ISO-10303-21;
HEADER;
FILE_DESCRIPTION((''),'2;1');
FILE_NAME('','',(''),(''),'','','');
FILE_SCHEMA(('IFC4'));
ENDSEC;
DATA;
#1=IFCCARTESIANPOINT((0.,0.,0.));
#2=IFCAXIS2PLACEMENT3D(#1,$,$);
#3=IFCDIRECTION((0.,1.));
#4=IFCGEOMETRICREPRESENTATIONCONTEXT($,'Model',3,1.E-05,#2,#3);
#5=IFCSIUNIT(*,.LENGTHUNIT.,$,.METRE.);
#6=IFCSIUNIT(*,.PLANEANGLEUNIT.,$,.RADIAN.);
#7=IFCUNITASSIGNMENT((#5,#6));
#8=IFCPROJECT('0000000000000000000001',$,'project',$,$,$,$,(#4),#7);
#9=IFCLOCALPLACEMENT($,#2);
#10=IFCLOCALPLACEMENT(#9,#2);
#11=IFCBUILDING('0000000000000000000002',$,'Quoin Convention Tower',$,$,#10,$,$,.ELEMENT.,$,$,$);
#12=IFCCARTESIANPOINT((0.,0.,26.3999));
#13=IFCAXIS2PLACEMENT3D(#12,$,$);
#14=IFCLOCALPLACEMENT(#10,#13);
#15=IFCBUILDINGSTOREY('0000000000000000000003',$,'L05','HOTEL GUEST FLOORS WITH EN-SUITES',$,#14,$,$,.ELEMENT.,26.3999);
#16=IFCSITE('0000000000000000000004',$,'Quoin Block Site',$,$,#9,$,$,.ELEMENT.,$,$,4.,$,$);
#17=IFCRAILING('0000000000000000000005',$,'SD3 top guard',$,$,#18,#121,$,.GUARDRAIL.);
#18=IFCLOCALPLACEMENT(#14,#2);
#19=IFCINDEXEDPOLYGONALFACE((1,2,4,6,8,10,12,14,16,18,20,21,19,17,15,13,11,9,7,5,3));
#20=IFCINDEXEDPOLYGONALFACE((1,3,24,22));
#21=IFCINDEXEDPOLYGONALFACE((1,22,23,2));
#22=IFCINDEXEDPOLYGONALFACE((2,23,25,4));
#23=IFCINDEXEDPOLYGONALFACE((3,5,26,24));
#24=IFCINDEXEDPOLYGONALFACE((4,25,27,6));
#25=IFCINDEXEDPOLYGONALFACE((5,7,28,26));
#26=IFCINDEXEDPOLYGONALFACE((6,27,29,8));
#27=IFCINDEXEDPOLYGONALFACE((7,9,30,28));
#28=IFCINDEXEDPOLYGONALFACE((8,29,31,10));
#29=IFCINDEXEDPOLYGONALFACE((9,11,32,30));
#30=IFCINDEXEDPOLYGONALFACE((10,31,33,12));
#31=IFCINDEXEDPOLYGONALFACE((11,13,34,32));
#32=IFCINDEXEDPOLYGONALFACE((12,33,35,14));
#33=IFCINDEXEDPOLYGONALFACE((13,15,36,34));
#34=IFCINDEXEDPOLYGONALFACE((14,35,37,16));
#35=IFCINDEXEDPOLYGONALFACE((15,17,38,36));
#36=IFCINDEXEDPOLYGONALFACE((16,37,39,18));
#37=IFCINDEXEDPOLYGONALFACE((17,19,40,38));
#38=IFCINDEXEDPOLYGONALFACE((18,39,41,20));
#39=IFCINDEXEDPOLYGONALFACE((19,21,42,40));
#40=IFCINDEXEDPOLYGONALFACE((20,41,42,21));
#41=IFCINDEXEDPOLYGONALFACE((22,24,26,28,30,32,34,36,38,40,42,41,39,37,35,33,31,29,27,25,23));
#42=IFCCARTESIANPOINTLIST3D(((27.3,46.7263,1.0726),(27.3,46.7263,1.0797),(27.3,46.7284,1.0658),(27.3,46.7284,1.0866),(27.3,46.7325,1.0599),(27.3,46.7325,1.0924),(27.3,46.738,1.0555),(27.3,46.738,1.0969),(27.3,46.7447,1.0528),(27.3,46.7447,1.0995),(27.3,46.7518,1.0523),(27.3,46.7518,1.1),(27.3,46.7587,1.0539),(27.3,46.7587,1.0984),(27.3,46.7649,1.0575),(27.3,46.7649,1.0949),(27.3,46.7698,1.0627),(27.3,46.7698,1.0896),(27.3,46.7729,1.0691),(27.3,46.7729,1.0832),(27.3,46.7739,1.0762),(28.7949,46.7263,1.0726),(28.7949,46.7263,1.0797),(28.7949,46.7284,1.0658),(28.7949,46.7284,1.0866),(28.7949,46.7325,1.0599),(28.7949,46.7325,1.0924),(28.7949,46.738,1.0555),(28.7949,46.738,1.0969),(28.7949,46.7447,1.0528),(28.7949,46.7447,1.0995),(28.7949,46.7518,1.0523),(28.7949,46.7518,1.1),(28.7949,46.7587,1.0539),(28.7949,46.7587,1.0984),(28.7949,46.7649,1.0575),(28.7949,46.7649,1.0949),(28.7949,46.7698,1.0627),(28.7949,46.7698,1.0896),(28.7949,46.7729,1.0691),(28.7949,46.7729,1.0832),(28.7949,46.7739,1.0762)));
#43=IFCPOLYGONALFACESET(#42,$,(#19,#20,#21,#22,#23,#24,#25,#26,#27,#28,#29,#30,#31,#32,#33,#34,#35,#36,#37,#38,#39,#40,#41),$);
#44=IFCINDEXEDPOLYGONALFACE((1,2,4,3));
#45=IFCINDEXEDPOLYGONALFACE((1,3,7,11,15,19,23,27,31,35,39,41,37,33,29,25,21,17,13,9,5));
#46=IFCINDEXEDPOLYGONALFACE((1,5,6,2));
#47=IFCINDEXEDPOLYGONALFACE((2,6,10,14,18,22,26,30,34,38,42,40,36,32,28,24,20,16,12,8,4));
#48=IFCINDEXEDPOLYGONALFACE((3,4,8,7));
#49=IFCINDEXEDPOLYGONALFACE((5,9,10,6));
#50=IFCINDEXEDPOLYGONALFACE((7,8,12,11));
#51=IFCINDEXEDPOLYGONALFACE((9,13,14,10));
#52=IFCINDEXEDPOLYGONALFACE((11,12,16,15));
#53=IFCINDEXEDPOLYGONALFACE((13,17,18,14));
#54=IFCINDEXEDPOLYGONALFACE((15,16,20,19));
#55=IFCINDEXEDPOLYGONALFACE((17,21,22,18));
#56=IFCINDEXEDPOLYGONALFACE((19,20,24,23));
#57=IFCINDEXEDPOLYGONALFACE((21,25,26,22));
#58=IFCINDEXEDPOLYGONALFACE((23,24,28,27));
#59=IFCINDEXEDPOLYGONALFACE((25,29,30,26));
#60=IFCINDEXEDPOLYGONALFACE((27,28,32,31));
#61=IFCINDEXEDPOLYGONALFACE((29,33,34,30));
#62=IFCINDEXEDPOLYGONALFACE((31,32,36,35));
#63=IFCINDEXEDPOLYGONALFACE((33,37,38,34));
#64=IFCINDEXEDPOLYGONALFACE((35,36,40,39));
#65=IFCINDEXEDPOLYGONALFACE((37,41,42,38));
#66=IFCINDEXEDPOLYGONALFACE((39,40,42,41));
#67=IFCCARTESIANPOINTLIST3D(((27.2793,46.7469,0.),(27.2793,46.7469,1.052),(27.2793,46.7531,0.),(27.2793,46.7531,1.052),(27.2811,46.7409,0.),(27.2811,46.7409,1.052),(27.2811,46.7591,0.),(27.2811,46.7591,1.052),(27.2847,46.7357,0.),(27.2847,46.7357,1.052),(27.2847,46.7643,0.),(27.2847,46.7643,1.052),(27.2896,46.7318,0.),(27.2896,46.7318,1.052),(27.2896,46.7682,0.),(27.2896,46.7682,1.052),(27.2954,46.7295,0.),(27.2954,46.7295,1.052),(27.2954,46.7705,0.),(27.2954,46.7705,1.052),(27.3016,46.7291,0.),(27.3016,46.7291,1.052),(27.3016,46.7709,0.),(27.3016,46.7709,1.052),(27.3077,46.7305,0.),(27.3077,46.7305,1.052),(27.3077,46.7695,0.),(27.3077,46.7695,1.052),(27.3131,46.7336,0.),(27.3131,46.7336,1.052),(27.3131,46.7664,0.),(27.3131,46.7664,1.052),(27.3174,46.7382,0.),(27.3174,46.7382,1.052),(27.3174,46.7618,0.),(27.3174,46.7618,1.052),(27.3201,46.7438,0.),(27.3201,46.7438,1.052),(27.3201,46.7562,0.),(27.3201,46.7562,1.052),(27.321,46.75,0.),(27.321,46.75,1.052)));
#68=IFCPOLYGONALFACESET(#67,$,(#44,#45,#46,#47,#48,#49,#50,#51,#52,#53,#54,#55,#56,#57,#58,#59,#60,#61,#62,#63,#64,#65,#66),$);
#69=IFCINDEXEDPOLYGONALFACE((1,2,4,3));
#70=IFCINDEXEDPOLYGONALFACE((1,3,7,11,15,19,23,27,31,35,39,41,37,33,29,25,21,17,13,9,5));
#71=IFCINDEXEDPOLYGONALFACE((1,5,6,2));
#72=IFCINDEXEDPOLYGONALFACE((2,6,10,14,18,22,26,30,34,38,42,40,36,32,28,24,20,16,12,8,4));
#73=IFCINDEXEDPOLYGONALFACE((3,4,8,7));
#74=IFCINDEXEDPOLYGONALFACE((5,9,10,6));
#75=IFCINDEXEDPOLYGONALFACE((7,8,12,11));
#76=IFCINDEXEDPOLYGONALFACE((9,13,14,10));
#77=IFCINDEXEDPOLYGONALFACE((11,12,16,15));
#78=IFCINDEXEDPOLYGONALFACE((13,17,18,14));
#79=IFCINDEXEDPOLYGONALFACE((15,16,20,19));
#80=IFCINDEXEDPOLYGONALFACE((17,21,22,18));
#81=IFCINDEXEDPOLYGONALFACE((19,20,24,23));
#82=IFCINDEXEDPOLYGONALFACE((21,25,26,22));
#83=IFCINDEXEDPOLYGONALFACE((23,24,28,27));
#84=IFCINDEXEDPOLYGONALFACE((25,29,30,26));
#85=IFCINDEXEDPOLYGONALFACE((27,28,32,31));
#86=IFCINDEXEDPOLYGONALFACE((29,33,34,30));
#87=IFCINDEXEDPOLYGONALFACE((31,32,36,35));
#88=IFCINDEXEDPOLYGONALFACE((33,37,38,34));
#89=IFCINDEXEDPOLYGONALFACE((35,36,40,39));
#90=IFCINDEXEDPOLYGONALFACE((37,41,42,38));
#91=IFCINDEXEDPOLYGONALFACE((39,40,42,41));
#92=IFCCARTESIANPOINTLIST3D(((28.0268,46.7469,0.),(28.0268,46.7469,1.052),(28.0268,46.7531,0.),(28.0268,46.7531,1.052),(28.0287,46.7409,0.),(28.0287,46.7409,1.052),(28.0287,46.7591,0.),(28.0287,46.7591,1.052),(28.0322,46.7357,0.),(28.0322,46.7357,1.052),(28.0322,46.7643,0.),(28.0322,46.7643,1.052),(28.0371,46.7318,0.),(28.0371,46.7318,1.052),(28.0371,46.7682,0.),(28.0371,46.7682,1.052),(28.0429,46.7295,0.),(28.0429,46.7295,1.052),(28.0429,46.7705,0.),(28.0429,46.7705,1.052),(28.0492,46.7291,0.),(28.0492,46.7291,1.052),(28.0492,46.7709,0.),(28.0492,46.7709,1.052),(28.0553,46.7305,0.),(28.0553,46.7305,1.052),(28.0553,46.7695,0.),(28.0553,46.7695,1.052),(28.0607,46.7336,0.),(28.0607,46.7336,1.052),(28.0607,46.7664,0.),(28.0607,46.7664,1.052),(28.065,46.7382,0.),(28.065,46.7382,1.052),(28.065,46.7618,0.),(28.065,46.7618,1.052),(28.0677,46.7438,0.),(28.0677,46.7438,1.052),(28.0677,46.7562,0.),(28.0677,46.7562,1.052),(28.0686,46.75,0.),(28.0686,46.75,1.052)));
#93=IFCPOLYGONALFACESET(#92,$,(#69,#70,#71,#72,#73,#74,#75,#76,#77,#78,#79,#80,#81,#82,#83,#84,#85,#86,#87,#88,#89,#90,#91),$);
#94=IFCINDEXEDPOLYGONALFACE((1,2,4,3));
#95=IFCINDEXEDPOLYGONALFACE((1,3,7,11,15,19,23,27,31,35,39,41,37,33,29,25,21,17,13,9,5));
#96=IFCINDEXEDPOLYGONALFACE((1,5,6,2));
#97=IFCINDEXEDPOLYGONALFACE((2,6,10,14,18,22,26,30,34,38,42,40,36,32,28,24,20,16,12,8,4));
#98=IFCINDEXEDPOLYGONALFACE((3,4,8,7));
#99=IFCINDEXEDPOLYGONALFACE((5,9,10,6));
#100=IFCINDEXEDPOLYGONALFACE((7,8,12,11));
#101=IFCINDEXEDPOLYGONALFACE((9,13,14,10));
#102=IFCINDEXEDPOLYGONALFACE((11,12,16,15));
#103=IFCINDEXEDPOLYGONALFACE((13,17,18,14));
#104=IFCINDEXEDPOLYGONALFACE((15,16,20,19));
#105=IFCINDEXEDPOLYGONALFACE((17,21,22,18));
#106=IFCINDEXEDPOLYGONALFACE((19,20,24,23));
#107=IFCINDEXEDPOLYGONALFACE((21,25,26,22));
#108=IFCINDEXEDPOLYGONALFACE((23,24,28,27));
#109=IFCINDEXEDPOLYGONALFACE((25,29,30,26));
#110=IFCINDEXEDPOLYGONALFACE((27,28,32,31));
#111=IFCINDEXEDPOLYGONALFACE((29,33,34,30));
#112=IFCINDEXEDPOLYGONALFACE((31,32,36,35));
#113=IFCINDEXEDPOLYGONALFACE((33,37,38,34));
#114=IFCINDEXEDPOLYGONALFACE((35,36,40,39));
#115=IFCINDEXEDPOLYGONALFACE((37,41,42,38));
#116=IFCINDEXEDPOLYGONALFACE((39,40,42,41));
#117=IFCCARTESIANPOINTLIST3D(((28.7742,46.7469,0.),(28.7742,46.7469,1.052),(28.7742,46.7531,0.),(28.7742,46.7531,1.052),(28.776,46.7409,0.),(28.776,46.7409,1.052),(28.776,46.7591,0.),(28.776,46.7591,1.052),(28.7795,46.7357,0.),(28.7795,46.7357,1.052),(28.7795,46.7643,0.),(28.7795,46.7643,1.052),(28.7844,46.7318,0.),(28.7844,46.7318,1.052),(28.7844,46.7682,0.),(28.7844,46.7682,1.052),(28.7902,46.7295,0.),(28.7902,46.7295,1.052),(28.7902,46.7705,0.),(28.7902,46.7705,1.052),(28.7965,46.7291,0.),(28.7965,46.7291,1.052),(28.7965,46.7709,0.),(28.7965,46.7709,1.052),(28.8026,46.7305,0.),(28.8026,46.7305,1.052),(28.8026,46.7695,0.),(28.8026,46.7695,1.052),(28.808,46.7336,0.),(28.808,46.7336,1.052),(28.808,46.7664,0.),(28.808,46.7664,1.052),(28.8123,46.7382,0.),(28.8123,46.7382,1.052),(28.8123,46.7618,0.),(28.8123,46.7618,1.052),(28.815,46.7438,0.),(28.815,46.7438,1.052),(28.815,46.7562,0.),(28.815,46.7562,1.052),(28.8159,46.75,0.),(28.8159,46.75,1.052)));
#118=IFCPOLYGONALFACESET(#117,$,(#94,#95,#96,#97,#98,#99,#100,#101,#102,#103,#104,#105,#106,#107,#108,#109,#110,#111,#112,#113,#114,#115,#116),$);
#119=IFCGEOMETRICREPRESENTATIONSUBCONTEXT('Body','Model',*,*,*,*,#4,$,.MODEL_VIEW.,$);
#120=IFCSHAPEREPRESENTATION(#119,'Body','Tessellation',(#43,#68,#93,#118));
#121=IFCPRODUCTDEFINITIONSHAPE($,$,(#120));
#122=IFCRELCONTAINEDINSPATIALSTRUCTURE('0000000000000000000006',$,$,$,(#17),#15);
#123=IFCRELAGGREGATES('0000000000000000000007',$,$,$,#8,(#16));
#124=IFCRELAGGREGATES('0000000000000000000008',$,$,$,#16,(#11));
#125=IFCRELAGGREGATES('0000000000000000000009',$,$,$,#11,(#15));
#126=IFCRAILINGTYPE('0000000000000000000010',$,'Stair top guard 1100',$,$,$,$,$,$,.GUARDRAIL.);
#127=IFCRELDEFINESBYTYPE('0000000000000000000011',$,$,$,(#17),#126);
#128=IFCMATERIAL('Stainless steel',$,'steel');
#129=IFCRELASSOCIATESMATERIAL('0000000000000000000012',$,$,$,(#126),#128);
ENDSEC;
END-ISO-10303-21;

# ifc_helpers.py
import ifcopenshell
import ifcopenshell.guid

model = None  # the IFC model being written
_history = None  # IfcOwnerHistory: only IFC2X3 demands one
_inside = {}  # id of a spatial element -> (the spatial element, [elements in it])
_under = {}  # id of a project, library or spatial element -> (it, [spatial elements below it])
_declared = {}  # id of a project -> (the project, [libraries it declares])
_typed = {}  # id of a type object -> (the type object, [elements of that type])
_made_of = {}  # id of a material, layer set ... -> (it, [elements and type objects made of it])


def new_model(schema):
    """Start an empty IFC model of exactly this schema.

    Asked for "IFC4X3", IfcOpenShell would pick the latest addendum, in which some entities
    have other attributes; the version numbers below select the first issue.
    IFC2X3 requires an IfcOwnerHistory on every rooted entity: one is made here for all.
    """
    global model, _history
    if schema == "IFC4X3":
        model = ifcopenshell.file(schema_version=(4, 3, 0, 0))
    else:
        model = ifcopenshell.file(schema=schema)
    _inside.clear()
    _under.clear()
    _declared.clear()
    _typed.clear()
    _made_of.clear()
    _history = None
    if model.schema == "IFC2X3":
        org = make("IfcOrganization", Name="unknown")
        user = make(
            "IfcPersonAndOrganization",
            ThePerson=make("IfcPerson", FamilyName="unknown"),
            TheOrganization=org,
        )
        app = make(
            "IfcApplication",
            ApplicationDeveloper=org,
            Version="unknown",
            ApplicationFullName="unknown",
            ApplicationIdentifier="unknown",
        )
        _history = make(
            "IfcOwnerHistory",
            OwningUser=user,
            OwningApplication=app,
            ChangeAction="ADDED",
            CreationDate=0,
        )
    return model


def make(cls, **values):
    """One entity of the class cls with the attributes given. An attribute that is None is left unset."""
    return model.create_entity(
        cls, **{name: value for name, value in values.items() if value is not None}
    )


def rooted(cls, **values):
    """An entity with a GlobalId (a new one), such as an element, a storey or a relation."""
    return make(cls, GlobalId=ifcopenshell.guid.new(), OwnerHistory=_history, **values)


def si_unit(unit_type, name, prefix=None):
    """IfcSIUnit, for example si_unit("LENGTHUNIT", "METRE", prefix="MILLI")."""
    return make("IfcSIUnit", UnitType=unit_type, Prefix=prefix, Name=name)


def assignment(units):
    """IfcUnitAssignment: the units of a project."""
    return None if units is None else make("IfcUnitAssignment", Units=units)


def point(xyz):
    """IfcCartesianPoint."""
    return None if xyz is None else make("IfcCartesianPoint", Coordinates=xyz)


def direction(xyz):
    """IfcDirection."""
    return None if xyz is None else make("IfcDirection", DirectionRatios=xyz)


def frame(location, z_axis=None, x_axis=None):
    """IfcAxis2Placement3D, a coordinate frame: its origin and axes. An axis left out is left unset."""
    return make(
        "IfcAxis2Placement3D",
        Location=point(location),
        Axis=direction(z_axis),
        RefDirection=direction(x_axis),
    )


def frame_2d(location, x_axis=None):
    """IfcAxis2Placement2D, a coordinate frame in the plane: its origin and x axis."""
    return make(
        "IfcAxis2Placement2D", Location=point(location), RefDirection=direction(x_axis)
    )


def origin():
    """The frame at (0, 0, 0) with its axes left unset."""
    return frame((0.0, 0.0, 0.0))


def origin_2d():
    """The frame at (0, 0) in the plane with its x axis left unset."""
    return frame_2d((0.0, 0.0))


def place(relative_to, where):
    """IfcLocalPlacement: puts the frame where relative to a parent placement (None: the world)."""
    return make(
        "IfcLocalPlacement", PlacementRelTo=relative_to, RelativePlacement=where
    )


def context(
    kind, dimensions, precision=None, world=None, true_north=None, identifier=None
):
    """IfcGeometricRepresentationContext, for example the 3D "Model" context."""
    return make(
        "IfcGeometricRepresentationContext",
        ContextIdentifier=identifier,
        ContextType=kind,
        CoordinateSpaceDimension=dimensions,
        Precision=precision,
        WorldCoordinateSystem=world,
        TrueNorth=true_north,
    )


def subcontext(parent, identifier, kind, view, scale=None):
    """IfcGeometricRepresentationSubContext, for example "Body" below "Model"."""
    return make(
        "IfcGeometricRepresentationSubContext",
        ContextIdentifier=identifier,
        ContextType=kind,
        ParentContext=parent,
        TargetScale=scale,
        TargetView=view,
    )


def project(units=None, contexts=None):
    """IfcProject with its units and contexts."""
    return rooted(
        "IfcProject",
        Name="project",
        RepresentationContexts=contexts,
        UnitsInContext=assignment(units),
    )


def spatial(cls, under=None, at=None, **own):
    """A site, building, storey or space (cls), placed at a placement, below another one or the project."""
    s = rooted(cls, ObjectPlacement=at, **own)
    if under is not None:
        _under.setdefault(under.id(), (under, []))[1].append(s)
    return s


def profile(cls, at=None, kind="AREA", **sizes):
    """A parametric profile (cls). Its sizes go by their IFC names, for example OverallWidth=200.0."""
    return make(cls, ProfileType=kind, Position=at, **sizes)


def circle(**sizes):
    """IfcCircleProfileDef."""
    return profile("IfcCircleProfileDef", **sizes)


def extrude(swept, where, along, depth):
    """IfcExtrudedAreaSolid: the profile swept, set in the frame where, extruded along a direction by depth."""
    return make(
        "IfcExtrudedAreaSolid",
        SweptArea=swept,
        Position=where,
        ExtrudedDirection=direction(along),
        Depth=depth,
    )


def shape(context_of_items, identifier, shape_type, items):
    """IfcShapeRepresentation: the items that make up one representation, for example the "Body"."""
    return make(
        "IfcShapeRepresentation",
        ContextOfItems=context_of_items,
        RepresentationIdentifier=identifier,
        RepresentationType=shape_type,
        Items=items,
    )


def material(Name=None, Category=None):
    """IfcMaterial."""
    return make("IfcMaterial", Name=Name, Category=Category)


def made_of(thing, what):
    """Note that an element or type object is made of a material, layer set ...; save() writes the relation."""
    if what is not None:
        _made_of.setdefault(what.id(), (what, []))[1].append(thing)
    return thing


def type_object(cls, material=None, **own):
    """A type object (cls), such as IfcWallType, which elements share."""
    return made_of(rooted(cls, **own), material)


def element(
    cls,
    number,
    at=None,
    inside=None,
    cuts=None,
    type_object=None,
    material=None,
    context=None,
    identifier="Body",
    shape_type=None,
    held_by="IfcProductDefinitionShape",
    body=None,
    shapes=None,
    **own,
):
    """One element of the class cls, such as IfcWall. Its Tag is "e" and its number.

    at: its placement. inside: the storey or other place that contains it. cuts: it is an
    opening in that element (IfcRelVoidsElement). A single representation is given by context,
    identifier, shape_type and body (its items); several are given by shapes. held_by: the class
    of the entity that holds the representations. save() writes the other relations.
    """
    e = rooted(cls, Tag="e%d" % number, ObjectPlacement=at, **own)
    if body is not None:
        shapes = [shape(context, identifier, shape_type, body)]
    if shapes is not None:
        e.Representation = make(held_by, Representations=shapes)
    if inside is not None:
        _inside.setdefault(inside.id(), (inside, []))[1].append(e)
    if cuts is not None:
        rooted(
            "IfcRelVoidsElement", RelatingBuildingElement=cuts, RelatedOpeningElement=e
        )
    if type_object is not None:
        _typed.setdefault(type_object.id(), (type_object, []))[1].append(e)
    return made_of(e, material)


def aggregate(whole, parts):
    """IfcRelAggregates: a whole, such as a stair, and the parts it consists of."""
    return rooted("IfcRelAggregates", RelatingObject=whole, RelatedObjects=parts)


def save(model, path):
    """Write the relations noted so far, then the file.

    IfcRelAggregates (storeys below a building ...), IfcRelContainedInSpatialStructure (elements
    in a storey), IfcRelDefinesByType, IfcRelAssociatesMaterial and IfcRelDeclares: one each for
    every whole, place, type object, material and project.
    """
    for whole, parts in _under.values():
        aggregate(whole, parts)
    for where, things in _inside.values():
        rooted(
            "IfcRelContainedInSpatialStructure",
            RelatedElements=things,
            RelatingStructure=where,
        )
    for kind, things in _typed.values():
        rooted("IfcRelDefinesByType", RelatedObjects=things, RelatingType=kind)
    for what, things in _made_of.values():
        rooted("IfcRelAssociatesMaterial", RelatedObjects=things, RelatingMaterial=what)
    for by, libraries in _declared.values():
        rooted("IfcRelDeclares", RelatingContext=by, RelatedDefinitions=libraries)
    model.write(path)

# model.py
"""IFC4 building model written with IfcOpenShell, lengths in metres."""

from ifc_helpers import new_model, si_unit, direction, frame, origin, origin_2d, place, context, subcontext, project, spatial, circle, extrude, material, type_object, element, save


model = new_model("IFC4")

# Units and contexts
model_context = context("Model", 3, precision=1e-05, world=origin(), true_north=direction((0.0, 1.0)))
body_context = subcontext(model_context, "Body", "Model", "MODEL_VIEW")
ifc_project = project(units=[si_unit("LENGTHUNIT", "METRE"), si_unit("PLANEANGLEUNIT", "RADIAN")], contexts=[model_context])

# Site, building, storey
site_placement = place(None, origin())
site = spatial("IfcSite", under=ifc_project, at=site_placement, Name="Quoin Block Site", CompositionType="ELEMENT", RefElevation=4.0)
building_placement = place(site_placement, origin())
building = spatial("IfcBuilding", under=site, at=building_placement, Name="Quoin Convention Tower", CompositionType="ELEMENT")
storey_placement = place(building_placement, frame((0.0, 0.0, 26.3999)))
storey = spatial("IfcBuildingStorey", under=building, at=storey_placement, Name="L05", Description="HOTEL GUEST FLOORS WITH EN-SUITES", CompositionType="ELEMENT", Elevation=26.3999)

# Railing
ifc_material_1 = material(Name="Stainless steel", Category="steel")
railing_type_1 = type_object("IfcRailingType", Name="Stair top guard 1100", PredefinedType="GUARDRAIL", material=ifc_material_1)
railing_placement = place(storey_placement, frame((27.3, 46.75, 0.0)))
element("IfcRailing", 1, at=railing_placement, inside=storey, type_object=railing_type_1, Name="SD3 top guard", PredefinedType="GUARDRAIL", context=body_context, shape_type="SweptSolid", body=[
    extrude(circle(Radius=0.0239, at=origin_2d()), frame((0.0, 0.0, 1.0762), z_axis=(1.0, 0.0, 0.0), x_axis=(0.0, 1.0, 0.0)), (0.0, 0.0, 1.0), 1.4949),
    extrude(circle(Radius=0.021, at=origin_2d()), origin(), (0.0, 0.0, 1.0), 1.052),
    extrude(circle(Radius=0.021, at=origin_2d()), frame((0.7476, 0.0, 0.0)), (0.0, 0.0, 1.0), 1.052),
    extrude(circle(Radius=0.021, at=origin_2d()), frame((1.4949, 0.0, 0.0)), (0.0, 0.0, 1.0), 1.052),
])

save(model, "model.ifc")
